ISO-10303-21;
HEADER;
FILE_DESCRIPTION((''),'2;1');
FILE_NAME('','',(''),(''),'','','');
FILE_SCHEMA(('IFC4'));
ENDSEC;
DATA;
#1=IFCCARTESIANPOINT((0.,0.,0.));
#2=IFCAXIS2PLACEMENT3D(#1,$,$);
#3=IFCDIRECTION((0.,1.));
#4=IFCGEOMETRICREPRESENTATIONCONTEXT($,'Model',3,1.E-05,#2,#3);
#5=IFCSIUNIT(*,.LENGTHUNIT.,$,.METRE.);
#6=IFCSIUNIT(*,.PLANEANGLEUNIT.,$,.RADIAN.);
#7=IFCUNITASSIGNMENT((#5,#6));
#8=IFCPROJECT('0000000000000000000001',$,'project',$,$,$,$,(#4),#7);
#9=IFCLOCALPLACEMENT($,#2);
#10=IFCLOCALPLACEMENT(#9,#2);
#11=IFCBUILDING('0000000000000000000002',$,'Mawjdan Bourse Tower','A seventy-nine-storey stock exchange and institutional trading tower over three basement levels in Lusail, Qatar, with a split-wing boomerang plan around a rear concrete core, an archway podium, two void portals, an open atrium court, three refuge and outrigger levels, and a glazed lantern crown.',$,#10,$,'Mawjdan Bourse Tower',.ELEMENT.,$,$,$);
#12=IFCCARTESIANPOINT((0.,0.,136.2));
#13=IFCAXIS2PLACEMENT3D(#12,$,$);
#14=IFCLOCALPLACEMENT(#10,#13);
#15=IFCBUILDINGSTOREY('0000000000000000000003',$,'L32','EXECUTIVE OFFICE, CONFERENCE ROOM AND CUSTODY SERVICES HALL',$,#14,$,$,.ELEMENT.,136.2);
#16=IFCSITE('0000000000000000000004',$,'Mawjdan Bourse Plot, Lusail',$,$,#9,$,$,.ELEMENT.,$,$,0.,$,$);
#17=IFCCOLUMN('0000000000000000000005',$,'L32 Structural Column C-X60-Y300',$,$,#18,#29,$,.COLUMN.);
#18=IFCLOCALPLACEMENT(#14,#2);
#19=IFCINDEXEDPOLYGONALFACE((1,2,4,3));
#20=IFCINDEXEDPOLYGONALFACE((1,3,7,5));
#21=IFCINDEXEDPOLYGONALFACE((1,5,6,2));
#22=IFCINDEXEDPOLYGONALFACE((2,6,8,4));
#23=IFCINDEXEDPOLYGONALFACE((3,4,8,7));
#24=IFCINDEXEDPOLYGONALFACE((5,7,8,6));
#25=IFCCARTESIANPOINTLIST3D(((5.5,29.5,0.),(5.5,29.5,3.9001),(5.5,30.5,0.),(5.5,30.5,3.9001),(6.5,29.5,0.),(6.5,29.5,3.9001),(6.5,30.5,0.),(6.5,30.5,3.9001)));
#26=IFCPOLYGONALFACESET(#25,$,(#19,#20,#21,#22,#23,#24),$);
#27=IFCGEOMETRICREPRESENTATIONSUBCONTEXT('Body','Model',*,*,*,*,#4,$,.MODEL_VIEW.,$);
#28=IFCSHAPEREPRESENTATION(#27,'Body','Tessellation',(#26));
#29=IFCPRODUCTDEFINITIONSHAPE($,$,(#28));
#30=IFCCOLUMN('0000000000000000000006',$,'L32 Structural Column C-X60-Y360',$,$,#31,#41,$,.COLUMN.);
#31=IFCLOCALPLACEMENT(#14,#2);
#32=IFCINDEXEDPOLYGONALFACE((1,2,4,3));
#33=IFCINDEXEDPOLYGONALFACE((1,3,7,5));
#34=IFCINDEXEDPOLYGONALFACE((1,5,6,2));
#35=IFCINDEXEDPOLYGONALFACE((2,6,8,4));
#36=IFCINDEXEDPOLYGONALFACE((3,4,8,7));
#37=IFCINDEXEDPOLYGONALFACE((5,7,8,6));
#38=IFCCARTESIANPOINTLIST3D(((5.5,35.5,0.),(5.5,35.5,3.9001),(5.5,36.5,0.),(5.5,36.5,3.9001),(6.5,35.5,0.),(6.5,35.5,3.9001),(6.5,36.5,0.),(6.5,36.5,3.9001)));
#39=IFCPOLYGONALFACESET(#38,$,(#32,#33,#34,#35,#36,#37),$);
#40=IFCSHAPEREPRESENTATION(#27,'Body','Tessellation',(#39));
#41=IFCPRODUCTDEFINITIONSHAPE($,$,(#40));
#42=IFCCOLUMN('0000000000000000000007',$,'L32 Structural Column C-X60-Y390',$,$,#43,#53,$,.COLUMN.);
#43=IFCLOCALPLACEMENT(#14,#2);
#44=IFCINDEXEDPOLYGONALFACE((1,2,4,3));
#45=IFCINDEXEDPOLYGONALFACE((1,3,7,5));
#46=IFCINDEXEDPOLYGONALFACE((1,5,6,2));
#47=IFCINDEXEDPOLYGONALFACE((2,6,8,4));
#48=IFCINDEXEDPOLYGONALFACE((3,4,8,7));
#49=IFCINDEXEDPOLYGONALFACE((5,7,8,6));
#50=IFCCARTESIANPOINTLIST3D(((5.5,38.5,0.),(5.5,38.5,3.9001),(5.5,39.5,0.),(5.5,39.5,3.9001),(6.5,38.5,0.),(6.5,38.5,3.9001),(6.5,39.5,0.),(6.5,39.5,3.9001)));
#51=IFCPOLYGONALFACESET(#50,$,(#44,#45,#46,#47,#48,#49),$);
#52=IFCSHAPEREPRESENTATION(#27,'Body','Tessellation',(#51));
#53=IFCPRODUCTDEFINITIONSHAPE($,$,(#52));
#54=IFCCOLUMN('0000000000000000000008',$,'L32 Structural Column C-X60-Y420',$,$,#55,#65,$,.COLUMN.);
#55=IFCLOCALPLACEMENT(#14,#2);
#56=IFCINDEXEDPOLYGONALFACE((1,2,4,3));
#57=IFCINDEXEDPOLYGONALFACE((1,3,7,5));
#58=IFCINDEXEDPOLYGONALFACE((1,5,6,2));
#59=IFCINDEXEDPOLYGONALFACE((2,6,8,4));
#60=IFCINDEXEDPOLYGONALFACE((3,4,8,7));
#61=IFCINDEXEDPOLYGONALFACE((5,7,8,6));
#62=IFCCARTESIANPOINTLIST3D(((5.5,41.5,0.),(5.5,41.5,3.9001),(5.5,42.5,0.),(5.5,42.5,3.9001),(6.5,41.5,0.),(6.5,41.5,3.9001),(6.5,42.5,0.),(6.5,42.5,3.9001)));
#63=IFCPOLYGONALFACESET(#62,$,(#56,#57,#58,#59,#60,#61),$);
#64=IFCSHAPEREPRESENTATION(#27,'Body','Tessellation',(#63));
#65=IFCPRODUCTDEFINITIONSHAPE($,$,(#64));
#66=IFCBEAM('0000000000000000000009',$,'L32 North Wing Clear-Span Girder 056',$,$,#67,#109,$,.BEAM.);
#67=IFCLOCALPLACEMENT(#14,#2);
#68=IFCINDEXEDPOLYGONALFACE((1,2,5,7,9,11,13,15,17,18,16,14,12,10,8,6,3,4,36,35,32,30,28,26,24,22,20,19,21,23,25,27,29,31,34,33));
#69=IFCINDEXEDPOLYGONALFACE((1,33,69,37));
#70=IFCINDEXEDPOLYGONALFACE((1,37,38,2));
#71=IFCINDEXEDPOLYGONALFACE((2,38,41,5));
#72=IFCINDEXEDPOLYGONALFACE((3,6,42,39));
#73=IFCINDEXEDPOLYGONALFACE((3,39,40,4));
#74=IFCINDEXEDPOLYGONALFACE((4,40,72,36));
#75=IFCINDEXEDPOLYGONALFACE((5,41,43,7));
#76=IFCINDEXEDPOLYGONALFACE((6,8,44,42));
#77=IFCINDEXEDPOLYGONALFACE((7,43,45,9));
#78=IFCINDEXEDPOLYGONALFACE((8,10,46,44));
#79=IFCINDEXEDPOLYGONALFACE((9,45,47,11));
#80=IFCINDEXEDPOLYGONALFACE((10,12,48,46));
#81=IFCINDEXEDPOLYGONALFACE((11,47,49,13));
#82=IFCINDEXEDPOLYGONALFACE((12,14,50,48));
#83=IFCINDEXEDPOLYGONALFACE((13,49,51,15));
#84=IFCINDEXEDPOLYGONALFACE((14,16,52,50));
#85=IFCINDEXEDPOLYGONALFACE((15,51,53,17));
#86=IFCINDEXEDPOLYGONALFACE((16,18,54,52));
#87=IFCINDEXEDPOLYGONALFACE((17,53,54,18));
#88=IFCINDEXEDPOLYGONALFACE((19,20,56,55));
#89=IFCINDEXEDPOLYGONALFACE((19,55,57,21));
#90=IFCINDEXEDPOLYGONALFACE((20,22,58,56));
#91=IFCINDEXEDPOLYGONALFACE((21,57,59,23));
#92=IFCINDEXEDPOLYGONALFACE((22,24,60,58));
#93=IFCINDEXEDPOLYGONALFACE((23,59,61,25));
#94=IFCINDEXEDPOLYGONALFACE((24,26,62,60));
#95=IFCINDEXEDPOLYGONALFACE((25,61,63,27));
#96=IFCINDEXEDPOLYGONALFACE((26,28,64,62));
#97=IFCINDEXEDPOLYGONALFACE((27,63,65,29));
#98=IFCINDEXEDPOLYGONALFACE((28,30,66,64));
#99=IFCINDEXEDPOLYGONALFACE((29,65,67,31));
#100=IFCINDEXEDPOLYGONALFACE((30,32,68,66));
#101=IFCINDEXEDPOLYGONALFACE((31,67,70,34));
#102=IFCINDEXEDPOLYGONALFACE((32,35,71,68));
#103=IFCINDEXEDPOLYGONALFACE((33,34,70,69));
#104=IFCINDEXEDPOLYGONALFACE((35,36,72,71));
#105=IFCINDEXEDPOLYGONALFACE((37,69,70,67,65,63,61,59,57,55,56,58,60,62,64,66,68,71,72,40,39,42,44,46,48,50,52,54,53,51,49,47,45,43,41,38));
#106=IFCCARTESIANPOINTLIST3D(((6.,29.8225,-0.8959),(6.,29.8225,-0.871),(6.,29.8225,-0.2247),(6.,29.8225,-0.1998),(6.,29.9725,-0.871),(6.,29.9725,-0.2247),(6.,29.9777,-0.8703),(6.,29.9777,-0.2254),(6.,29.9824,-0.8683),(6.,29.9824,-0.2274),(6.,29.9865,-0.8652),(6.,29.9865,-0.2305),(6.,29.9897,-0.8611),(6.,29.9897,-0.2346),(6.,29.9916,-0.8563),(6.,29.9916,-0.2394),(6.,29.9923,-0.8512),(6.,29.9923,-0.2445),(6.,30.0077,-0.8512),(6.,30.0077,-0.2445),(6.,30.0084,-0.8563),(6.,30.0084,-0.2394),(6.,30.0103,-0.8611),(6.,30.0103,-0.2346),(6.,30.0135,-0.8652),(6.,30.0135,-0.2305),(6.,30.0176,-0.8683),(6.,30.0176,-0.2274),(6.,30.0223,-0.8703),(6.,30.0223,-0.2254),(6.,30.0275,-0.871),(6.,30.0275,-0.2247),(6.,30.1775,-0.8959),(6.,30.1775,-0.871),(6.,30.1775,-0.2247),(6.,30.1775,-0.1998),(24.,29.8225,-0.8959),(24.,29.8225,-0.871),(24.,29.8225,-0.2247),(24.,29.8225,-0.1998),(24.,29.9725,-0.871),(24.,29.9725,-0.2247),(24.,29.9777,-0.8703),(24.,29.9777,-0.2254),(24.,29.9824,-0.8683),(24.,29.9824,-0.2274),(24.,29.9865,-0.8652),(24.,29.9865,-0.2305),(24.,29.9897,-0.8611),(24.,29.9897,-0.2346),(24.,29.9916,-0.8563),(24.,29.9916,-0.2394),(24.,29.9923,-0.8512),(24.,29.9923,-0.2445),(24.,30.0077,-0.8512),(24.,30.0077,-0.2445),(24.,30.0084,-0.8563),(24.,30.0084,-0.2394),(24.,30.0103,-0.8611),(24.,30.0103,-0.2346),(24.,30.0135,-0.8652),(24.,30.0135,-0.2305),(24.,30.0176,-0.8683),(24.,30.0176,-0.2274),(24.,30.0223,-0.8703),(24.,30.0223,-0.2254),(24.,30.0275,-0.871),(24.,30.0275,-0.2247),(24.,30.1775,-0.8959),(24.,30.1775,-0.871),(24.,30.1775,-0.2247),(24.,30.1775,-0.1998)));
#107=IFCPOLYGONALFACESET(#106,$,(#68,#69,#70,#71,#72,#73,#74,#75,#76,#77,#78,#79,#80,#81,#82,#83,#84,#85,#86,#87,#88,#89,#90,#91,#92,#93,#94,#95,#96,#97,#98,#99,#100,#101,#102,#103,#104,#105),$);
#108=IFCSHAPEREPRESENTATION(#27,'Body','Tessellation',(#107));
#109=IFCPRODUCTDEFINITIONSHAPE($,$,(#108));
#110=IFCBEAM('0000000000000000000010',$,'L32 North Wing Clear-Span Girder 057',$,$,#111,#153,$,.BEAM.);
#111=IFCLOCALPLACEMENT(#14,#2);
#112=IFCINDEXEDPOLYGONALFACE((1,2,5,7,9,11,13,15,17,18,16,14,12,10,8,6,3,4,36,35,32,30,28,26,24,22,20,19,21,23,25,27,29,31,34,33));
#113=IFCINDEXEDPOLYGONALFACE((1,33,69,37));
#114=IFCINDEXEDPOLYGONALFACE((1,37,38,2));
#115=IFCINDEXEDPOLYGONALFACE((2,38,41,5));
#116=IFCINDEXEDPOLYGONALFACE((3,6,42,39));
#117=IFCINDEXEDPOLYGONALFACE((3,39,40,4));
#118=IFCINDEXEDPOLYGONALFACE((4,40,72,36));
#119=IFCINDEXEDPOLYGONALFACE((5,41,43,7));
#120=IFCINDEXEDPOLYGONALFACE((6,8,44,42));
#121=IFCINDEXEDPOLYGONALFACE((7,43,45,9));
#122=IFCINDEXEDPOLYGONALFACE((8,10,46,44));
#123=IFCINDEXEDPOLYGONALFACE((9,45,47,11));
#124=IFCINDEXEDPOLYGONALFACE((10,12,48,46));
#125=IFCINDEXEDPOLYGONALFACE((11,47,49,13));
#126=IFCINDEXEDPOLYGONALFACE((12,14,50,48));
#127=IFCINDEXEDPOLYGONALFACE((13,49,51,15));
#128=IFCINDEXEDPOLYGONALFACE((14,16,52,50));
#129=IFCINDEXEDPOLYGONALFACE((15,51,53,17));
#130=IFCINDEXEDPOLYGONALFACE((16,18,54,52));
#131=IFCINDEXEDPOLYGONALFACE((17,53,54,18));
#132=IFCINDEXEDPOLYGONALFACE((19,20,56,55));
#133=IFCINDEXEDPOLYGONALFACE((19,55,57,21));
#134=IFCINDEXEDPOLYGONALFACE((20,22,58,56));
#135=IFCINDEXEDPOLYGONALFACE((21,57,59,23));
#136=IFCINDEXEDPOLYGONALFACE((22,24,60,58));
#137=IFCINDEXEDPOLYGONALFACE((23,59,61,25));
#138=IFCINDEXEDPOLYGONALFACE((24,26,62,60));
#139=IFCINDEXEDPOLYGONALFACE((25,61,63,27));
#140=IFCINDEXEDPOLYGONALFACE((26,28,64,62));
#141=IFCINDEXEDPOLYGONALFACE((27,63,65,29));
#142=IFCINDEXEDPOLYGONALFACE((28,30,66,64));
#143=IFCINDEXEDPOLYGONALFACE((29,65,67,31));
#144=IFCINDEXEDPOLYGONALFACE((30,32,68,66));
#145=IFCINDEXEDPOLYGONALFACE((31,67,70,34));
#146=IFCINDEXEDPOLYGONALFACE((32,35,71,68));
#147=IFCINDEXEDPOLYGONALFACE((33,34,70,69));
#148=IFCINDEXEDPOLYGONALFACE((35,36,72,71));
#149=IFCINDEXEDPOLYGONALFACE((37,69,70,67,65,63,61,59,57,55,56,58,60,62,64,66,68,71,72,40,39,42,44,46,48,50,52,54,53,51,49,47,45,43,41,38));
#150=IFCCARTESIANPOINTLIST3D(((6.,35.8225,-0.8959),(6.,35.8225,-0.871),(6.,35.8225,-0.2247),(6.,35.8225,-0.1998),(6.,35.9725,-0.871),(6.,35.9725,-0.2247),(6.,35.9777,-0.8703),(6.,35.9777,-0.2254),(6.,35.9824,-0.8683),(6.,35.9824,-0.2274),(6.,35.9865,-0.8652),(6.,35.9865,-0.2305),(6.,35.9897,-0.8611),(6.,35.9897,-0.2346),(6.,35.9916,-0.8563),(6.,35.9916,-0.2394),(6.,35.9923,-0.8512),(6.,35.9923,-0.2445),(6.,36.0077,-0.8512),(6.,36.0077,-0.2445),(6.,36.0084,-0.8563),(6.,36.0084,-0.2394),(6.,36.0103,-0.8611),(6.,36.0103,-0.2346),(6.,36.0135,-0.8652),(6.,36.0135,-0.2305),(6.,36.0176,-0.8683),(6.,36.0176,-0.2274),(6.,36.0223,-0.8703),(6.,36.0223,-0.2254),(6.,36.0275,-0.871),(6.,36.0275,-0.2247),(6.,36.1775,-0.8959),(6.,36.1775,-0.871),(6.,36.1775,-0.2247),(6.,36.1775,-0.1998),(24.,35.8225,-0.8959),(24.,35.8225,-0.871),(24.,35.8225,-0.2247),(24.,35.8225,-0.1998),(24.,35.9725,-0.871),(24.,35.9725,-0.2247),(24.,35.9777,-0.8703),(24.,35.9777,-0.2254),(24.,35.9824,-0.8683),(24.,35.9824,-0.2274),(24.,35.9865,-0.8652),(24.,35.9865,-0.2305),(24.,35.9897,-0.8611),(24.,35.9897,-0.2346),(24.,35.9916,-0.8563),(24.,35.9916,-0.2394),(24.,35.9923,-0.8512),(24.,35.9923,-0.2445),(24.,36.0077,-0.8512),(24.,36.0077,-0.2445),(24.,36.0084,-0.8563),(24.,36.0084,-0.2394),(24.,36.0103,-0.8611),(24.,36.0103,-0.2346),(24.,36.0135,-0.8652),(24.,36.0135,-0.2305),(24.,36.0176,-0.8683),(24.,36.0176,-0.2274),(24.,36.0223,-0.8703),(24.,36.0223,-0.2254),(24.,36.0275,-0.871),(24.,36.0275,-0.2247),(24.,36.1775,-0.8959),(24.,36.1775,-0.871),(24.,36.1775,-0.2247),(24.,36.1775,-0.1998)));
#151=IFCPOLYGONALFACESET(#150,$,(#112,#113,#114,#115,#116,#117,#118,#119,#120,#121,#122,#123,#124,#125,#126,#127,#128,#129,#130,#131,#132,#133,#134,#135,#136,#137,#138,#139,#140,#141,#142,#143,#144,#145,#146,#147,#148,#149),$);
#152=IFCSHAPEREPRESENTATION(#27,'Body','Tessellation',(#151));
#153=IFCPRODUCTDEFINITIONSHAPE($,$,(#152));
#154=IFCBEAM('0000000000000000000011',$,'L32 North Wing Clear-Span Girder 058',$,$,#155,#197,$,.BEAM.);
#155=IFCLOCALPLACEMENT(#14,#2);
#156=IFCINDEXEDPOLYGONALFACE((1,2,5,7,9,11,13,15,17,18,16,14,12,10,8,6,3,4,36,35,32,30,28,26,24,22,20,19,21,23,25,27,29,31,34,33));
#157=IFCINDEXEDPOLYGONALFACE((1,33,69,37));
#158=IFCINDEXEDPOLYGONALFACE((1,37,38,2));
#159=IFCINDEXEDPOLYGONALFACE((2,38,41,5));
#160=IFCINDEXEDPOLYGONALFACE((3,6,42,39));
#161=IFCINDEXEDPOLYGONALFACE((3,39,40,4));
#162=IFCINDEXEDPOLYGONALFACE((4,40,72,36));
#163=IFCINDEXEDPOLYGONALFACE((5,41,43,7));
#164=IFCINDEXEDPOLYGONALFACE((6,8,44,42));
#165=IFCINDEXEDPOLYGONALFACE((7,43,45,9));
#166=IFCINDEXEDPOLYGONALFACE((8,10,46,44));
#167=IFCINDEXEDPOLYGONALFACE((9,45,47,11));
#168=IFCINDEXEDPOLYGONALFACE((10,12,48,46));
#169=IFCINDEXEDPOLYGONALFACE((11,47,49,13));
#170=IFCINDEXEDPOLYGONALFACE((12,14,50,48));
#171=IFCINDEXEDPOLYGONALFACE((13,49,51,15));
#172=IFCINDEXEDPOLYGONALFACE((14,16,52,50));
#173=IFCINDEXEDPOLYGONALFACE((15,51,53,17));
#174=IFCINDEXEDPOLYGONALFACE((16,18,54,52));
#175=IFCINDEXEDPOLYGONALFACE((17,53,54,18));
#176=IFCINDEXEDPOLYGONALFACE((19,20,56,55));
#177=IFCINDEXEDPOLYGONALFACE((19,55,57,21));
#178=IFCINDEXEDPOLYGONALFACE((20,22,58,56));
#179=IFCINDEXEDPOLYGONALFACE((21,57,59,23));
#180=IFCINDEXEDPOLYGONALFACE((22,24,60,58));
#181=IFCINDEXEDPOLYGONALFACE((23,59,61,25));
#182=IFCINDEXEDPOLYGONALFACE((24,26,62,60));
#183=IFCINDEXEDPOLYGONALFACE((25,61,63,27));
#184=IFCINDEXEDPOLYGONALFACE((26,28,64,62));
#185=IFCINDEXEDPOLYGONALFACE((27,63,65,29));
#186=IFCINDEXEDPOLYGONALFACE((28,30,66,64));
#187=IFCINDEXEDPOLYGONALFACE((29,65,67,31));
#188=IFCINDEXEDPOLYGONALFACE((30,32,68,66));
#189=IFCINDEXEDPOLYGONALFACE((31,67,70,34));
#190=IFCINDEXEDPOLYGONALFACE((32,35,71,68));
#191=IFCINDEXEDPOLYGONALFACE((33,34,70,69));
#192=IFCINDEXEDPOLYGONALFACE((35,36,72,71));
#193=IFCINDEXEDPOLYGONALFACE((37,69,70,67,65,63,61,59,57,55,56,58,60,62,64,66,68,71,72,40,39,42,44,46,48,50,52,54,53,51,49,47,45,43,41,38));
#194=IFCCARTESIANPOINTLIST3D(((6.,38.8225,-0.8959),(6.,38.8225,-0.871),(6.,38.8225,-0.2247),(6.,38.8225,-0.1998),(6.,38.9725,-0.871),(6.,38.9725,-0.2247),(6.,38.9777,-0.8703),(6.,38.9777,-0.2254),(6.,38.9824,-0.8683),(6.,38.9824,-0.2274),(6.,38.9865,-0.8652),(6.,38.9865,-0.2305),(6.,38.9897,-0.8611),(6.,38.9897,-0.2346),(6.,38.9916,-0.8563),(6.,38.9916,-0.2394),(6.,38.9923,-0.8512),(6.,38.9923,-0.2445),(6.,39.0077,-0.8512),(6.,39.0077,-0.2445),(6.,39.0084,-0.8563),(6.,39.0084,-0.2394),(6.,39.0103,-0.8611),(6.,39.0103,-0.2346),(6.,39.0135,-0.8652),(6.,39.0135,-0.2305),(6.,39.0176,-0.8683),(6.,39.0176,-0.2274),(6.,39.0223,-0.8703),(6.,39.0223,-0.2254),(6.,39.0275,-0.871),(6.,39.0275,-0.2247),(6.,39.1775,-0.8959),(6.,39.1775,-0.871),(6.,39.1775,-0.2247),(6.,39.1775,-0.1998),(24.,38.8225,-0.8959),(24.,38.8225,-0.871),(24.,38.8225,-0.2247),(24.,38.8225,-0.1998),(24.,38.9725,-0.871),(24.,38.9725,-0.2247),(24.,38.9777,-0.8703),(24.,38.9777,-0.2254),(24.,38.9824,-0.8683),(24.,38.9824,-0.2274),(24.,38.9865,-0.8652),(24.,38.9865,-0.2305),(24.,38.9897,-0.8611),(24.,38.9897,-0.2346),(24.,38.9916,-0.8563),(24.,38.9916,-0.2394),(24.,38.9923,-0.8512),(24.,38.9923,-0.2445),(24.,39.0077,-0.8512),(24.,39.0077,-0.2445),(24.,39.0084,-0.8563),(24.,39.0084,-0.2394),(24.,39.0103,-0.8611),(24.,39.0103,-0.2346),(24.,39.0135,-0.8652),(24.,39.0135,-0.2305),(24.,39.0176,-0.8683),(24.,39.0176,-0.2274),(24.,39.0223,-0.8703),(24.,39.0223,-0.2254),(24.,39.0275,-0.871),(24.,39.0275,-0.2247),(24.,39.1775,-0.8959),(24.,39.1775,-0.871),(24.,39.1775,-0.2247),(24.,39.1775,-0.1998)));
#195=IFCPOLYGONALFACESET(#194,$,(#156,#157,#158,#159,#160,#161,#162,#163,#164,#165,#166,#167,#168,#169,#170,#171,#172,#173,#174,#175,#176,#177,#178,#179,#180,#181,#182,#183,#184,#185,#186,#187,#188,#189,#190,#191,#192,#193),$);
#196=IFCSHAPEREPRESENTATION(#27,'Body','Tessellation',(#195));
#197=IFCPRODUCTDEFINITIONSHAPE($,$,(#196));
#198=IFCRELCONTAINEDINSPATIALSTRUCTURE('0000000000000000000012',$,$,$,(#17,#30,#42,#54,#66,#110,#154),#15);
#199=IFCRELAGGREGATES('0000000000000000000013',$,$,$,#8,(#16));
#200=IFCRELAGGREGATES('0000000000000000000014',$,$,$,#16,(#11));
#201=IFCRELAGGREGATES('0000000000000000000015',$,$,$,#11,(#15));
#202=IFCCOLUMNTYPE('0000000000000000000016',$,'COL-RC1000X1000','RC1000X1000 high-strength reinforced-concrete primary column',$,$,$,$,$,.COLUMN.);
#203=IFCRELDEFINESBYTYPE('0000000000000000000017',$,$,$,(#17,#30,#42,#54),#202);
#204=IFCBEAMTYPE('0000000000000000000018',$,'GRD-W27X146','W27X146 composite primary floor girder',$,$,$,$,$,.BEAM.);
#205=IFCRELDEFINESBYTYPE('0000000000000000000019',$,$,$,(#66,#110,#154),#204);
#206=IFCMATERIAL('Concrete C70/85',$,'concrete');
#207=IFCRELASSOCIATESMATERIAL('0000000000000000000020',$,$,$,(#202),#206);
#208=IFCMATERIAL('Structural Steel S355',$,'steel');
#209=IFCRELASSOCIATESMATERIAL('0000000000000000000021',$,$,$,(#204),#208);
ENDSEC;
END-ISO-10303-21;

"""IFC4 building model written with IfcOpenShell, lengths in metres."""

from ifc_helpers import new_model, si_unit, direction, frame, origin, origin_2d, place, context, subcontext, project, spatial, rectangle, i_section, extrude, material, material_profile, profile_set, type_object, element, save


model = new_model("IFC4")

# Units and contexts
model_context = context("Model", 3, precision=1e-05, world=origin(), true_north=direction((0.0, 1.0)))
body_context = subcontext(model_context, "Body", "Model", "MODEL_VIEW")
ifc_project = project(units=[si_unit("LENGTHUNIT", "METRE"), si_unit("PLANEANGLEUNIT", "RADIAN")], contexts=[model_context])

# Site, building, storey
site_placement = place(None, origin())
site = spatial("IfcSite", under=ifc_project, at=site_placement, Name="Mawjdan Bourse Plot, Lusail", CompositionType="ELEMENT", RefElevation=0.0)
building_placement = place(site_placement, origin())
building = spatial("IfcBuilding", under=site, at=building_placement, Name="Mawjdan Bourse Tower", Description="A seventy-nine-storey stock exchange and institutional trading tower over three basement levels in Lusail, Qatar, with a split-wing boomerang plan around a rear concrete core, an archway podium, two void portals, an open atrium court, three refuge and outrigger levels, and a glazed lantern crown.", LongName="Mawjdan Bourse Tower", CompositionType="ELEMENT")
storey_placement = place(building_placement, frame((0.0, 0.0, 136.2)))
storey = spatial("IfcBuildingStorey", under=building, at=storey_placement, Name="L32", Description="EXECUTIVE OFFICE, CONFERENCE ROOM AND CUSTODY SERVICES HALL", CompositionType="ELEMENT", Elevation=136.2)

# Columns
ifc_material_1 = material(Name="Concrete C70/85", Category="concrete")
ifc_material_profile_1 = material_profile(ifc_material_1, rectangle(XDim=1.0, YDim=1.0, at=origin_2d()), Name="RC1000X1000")
ifc_profile_set_1 = profile_set([ifc_material_profile_1], Name="Concrete C70/85")
column_type = type_object("IfcColumnType", Name="COL-RC1000X1000", Description="RC1000X1000 high-strength reinforced-concrete primary column", PredefinedType="COLUMN", material=ifc_profile_set_1)
for number, where, z_axis, x_axis, name in (
    (1, (6.0, 30.0, 0.0), (0.0, 0.0, 1.0), (1.0, 0.0, 0.0), "L32 Structural Column C-X60-Y300"),
    (2, (6.0, 36.0, 0.0), (0.0, 0.0, 1.0), (1.0, 0.0, 0.0), "L32 Structural Column C-X60-Y360"),
    (3, (6.0, 39.0, 0.0), (0.0, 0.0, 1.0), (1.0, 0.0, 0.0), "L32 Structural Column C-X60-Y390"),
    (4, (6.0, 42.0, 0.0), (0.0, 0.0, 1.0), (1.0, 0.0, 0.0), "L32 Structural Column C-X60-Y420"),
):
    element("IfcColumn", number, at=place(storey_placement, frame(where, z_axis=z_axis, x_axis=x_axis)), inside=storey, type_object=column_type, Name=name, PredefinedType="COLUMN", context=body_context, shape_type="SweptSolid", body=[
        extrude(rectangle(XDim=1.0, YDim=1.0, at=origin_2d()), origin(), (0.0, 0.0, 1.0), 3.9001),
    ])

# Beams
ifc_material_2 = material(Name="Structural Steel S355", Category="steel")
ifc_material_profile_2 = material_profile(ifc_material_2, i_section(OverallWidth=0.355, OverallDepth=0.696, WebThickness=0.0154, FlangeThickness=0.0249, FilletRadius=0.0198, at=origin_2d()), Name="W27X146")
ifc_profile_set_2 = profile_set([ifc_material_profile_2], Name="Structural Steel S355")
beam_type_1 = type_object("IfcBeamType", Name="GRD-W27X146", Description="W27X146 composite primary floor girder", PredefinedType="BEAM", material=ifc_profile_set_2)
for number, where, z_axis, x_axis, name in (
    (5, (6.0, 30.0, -0.5479), (1.0, 0.0, 0.0), (0.0, 1.0, 0.0), "L32 North Wing Clear-Span Girder 056"),
    (6, (6.0, 36.0, -0.5479), (1.0, 0.0, 0.0), (0.0, 1.0, 0.0), "L32 North Wing Clear-Span Girder 057"),
    (7, (6.0, 39.0, -0.5479), (1.0, 0.0, 0.0), (0.0, 1.0, 0.0), "L32 North Wing Clear-Span Girder 058"),
):
    element("IfcBeam", number, at=place(storey_placement, frame(where, z_axis=z_axis, x_axis=x_axis)), inside=storey, type_object=beam_type_1, Name=name, PredefinedType="BEAM", context=body_context, shape_type="SweptSolid", body=[
        extrude(i_section(OverallWidth=0.355, OverallDepth=0.696, WebThickness=0.0154, FlangeThickness=0.0249, FilletRadius=0.0198, at=origin_2d()), origin(), (0.0, 0.0, 1.0), 18.0),
    ])

save(model, "model.ifc")
